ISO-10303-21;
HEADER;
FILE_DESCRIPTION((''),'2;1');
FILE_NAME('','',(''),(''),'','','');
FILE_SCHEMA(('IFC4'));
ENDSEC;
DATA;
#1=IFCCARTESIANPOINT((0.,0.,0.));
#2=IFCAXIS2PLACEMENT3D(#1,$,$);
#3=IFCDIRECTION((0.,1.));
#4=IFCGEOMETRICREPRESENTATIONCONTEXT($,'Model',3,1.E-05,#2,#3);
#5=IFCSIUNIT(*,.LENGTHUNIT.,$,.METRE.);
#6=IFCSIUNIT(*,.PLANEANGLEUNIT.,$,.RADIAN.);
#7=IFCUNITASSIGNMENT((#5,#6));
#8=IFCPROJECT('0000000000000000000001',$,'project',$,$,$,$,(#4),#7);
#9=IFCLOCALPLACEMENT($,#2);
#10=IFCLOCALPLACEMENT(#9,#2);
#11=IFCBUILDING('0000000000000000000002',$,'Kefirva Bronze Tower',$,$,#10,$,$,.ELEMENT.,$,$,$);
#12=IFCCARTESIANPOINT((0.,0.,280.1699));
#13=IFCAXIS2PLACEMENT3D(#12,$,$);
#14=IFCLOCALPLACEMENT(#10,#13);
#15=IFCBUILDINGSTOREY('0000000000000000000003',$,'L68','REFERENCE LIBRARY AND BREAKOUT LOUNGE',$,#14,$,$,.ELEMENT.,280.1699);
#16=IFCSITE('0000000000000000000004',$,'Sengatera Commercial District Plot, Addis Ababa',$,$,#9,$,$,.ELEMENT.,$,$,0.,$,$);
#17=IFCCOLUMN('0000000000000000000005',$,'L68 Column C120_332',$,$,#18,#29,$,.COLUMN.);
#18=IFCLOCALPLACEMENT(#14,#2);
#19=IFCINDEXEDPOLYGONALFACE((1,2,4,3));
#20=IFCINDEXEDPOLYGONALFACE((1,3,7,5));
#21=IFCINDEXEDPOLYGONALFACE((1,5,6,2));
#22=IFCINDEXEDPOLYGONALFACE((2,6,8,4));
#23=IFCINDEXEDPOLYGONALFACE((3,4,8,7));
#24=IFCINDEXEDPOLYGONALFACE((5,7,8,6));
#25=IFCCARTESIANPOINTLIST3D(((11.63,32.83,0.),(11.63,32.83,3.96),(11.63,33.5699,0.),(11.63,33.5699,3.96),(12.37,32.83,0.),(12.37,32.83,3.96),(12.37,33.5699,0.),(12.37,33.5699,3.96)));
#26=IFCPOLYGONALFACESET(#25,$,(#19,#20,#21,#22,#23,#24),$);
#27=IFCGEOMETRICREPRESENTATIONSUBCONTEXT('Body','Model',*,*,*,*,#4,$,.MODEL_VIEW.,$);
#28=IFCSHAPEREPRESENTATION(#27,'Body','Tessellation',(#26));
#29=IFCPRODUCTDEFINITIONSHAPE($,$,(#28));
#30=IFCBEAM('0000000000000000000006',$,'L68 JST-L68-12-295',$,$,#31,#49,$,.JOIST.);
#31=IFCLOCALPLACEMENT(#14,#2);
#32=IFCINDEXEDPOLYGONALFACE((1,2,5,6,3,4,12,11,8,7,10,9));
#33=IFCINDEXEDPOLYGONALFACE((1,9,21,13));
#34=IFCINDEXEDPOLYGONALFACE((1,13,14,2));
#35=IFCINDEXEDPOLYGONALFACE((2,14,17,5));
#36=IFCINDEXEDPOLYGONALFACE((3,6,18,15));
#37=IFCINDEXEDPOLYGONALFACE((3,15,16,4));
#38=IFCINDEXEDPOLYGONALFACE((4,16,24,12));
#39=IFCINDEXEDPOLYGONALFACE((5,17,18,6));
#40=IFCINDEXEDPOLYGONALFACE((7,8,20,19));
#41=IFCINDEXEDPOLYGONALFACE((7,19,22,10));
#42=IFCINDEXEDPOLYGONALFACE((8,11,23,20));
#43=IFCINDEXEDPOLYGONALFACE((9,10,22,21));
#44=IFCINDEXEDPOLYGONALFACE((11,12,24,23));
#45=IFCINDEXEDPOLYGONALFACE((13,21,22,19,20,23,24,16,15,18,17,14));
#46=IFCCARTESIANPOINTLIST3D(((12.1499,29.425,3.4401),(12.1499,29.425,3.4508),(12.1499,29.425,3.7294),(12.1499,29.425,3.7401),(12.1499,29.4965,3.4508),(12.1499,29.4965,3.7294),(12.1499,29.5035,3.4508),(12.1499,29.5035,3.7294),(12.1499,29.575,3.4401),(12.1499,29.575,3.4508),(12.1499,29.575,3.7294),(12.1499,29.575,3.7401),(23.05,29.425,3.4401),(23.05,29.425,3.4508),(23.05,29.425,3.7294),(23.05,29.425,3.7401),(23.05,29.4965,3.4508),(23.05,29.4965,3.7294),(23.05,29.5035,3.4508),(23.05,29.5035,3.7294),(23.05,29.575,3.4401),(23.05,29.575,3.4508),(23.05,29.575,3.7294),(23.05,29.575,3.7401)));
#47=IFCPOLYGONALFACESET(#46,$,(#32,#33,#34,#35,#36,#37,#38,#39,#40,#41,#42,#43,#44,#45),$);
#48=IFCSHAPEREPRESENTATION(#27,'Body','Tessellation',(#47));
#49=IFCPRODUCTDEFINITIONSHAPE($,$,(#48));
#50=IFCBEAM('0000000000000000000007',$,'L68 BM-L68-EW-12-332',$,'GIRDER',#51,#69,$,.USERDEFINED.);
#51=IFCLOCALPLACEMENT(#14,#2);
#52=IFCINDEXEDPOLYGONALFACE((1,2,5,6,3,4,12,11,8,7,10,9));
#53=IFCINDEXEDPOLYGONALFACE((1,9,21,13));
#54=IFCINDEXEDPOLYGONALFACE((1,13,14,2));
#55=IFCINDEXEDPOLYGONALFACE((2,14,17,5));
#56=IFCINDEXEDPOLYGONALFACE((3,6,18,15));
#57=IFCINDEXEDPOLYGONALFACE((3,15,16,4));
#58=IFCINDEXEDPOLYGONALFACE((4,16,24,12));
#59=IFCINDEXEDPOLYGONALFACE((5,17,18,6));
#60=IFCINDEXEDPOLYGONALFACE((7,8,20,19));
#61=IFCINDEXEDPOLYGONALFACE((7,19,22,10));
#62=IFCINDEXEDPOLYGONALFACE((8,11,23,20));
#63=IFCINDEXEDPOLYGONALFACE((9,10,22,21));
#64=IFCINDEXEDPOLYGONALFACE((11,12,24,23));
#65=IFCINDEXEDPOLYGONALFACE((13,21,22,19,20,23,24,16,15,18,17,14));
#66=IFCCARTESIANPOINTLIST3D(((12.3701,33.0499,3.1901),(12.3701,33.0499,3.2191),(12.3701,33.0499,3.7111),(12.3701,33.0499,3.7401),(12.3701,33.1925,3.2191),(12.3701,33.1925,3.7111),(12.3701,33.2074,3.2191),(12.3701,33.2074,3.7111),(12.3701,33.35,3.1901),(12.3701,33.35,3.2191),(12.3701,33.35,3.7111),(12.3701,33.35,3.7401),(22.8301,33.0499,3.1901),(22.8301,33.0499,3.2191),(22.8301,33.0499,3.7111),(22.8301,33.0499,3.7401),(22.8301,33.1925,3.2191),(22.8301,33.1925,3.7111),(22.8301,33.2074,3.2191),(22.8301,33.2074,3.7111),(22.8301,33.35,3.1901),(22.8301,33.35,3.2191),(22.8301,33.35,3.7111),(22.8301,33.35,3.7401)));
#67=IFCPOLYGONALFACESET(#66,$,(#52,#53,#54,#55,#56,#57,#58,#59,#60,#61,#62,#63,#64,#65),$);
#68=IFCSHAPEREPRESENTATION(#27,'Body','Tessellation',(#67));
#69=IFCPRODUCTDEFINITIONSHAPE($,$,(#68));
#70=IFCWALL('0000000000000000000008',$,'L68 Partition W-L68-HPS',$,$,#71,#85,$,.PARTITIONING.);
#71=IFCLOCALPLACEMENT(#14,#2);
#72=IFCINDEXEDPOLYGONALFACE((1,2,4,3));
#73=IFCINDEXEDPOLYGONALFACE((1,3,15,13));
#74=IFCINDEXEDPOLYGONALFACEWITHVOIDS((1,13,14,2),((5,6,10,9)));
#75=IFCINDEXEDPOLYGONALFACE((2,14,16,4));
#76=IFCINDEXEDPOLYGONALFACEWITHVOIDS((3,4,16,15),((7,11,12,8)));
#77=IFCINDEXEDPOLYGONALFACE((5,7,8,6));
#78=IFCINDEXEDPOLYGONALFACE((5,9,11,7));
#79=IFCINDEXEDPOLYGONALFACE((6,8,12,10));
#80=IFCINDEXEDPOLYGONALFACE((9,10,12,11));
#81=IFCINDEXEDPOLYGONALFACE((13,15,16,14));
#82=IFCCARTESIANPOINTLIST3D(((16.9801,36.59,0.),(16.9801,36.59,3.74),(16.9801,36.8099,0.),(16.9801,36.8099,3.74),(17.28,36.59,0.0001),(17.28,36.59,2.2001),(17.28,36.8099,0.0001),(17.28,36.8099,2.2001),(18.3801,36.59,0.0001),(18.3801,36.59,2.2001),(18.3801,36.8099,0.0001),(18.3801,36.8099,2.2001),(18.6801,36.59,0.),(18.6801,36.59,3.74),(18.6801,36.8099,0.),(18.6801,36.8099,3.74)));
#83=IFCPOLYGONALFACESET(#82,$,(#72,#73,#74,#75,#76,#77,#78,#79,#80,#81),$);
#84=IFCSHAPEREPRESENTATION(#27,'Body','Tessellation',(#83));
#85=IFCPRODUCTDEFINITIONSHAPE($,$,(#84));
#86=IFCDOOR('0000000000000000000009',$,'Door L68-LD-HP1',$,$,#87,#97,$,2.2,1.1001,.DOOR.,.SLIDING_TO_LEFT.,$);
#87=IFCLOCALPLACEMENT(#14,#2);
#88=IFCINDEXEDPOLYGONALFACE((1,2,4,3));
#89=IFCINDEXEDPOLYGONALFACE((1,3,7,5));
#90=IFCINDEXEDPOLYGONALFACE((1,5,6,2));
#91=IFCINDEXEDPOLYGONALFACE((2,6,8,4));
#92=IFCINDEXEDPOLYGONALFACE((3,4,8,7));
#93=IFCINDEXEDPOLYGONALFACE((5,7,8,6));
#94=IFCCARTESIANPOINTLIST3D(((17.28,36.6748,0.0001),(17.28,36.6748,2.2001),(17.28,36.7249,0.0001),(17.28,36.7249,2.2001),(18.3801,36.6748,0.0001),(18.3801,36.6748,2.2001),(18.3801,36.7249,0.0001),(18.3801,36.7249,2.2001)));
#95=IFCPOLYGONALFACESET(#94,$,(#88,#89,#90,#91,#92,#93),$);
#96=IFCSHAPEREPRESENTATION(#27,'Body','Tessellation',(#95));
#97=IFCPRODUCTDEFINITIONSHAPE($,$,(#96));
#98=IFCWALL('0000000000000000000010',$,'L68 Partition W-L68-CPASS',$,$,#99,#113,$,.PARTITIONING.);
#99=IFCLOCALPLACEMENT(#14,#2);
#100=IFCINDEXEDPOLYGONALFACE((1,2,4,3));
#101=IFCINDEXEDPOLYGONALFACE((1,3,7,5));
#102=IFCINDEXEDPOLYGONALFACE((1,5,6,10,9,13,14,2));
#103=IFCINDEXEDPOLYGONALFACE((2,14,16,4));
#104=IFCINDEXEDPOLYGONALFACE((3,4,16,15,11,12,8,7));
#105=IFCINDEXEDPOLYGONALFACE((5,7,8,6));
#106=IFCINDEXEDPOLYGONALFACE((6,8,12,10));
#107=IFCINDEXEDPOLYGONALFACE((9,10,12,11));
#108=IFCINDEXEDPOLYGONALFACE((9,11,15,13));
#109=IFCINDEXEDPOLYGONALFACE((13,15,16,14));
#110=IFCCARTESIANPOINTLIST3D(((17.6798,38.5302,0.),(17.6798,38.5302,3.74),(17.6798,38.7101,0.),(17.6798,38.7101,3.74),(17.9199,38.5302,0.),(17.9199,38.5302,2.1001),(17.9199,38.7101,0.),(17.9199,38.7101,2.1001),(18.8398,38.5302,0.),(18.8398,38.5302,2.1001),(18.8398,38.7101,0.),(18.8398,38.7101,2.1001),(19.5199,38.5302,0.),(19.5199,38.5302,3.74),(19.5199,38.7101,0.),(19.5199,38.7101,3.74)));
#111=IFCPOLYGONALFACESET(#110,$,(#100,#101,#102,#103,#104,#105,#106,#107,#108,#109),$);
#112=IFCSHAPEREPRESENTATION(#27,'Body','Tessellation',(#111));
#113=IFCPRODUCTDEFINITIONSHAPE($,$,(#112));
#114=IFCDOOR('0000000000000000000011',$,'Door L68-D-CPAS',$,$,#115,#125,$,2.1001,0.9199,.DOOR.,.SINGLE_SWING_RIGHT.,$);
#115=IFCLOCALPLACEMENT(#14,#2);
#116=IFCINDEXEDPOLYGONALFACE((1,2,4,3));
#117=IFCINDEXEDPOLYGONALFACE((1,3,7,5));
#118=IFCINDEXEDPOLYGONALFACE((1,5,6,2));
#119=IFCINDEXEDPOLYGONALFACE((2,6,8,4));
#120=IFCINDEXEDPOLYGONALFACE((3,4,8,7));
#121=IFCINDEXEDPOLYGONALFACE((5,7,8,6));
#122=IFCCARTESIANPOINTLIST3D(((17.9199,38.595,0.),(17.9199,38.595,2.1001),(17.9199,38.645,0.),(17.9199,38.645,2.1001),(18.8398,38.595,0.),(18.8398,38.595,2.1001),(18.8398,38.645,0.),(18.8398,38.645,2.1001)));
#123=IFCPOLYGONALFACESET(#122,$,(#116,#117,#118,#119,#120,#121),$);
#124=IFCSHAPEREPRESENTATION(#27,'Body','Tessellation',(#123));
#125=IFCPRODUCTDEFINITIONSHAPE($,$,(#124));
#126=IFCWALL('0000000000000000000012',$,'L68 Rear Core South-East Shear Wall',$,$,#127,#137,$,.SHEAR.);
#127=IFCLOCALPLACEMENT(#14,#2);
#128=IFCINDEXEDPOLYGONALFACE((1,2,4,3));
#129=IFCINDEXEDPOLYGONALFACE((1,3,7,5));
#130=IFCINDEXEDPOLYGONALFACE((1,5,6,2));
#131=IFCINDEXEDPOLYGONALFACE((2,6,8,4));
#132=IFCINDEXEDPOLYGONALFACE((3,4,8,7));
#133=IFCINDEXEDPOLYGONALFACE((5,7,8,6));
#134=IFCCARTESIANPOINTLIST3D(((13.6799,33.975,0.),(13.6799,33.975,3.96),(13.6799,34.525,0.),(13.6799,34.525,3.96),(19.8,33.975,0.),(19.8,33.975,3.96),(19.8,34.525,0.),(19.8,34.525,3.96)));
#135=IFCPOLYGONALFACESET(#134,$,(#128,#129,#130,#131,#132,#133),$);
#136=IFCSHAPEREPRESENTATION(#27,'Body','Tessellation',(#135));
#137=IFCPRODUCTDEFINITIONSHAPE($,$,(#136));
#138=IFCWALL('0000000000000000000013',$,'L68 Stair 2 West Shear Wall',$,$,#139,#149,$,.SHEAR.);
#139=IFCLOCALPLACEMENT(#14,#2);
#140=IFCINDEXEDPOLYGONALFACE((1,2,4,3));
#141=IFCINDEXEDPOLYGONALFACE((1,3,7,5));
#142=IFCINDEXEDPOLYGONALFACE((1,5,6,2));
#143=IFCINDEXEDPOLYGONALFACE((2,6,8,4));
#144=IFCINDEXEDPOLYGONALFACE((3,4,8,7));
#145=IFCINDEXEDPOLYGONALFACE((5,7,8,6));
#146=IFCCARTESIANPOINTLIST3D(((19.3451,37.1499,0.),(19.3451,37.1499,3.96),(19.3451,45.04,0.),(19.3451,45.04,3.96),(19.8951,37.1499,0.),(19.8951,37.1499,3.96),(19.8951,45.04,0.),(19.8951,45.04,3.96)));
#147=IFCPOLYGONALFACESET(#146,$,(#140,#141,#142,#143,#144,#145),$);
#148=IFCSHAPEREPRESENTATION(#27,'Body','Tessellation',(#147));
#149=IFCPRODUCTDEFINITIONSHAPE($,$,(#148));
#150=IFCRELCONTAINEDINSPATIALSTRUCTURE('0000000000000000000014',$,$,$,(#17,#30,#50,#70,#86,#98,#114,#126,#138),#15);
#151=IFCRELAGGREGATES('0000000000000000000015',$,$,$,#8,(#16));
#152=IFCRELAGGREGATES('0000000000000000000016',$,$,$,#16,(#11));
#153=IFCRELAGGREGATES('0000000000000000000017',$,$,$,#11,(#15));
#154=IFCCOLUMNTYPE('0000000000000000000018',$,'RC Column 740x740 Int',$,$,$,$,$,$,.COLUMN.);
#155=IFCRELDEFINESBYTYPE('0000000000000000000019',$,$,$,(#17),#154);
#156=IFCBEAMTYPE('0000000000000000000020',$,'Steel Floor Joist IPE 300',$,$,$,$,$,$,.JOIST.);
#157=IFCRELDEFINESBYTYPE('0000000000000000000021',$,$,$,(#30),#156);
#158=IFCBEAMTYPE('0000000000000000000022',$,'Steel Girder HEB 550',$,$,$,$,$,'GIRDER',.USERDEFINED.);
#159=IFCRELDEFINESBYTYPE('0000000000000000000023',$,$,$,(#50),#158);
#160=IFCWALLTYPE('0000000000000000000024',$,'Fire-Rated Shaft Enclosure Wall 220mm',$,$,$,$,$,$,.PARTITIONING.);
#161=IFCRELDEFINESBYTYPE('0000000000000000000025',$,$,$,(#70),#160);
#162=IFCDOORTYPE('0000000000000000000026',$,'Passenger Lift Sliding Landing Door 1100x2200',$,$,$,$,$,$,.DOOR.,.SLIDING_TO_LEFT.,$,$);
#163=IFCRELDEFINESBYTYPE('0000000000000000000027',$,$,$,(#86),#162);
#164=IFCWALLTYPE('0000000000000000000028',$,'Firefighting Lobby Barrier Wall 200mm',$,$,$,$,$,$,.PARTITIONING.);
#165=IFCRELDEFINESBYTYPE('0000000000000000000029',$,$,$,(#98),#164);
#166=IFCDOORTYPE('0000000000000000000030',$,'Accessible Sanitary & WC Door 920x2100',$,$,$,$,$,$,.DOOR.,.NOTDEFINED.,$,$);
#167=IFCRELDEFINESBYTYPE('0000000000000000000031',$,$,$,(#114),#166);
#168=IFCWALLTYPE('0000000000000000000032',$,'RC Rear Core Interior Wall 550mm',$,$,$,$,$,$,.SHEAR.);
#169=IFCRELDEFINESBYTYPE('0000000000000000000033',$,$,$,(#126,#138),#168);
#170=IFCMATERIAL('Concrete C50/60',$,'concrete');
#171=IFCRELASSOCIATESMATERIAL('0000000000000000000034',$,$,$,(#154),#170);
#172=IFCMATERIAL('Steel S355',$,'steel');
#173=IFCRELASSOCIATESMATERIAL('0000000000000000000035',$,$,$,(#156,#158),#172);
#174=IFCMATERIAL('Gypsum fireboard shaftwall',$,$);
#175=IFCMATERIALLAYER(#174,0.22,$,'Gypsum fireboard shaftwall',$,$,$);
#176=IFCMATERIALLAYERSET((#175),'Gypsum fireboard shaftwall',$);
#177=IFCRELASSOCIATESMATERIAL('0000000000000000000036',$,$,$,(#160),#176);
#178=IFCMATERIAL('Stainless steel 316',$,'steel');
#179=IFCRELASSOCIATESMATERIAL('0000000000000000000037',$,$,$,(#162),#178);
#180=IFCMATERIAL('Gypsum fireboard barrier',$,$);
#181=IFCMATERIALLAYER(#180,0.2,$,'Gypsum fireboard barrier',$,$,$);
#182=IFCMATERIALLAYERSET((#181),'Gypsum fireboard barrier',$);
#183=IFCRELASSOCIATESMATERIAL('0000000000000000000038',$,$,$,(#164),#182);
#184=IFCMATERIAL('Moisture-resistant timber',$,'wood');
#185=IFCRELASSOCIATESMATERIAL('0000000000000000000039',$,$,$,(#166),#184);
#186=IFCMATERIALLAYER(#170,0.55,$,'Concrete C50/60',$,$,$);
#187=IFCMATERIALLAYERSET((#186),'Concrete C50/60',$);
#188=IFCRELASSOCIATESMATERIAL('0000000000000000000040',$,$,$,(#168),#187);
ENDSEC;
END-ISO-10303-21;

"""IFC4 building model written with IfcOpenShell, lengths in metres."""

from ifc_helpers import new_model, si_unit, direction, frame, frame_2d, origin, origin_2d, place, context, subcontext, project, spatial, rectangle, i_section, extrude, material, layer, layer_set, material_profile, profile_set, type_object, element, fill, save


model = new_model("IFC4")

# Units and contexts
model_context = context("Model", 3, precision=1e-05, world=origin(), true_north=direction((0.0, 1.0)))
body_context = subcontext(model_context, "Body", "Model", "MODEL_VIEW")
ifc_project = project(units=[si_unit("LENGTHUNIT", "METRE"), si_unit("PLANEANGLEUNIT", "RADIAN")], contexts=[model_context])

# Site, building, storey
site_placement = place(None, origin())
site = spatial("IfcSite", under=ifc_project, at=site_placement, Name="Sengatera Commercial District Plot, Addis Ababa", CompositionType="ELEMENT", RefElevation=0.0)
building_placement = place(site_placement, origin())
building = spatial("IfcBuilding", under=site, at=building_placement, Name="Kefirva Bronze Tower", CompositionType="ELEMENT")
storey_placement = place(building_placement, frame((0.0, 0.0, 280.1699)))
storey = spatial("IfcBuildingStorey", under=building, at=storey_placement, Name="L68", Description="REFERENCE LIBRARY AND BREAKOUT LOUNGE", CompositionType="ELEMENT", Elevation=280.1699)

# Column
ifc_material_1 = material(Name="Concrete C50/60", Category="concrete")
ifc_material_profile_1 = material_profile(ifc_material_1, rectangle(XDim=0.74, YDim=0.74, at=origin_2d()), Name="RC 740x740")
ifc_profile_set_1 = profile_set([ifc_material_profile_1], Name="Concrete C50/60")
column_type = type_object("IfcColumnType", Name="RC Column 740x740 Int", PredefinedType="COLUMN", material=ifc_profile_set_1)
column_placement = place(storey_placement, frame((12.0, 33.2, 0.0), z_axis=(0.0, 0.0, 1.0), x_axis=(1.0, 0.0, 0.0)))
element("IfcColumn", 1, at=column_placement, inside=storey, type_object=column_type, Name="L68 Column C120_332", PredefinedType="COLUMN", context=body_context, shape_type="SweptSolid", body=[
    extrude(rectangle(XDim=0.74, YDim=0.74, at=origin_2d()), origin(), (0.0, 0.0, 1.0), 3.96),
])

# Beams
ifc_material_2 = material(Name="Steel S355", Category="steel")
ifc_material_profile_2 = material_profile(ifc_material_2, i_section(OverallWidth=0.1499, OverallDepth=0.3, WebThickness=0.0071, FlangeThickness=0.0107, at=origin_2d()), Name="IPE 300")
ifc_profile_set_2 = profile_set([ifc_material_profile_2], Name="Steel S355")
beam_type_1 = type_object("IfcBeamType", Name="Steel Floor Joist IPE 300", PredefinedType="JOIST", material=ifc_profile_set_2)
beam_1_placement = place(storey_placement, frame((12.1499, 29.5, 3.5901), z_axis=(1.0, 0.0, 0.0), x_axis=(0.0, 1.0, 0.0)))
element("IfcBeam", 2, at=beam_1_placement, inside=storey, type_object=beam_type_1, Name="L68 JST-L68-12-295", PredefinedType="JOIST", context=body_context, shape_type="SweptSolid", body=[
    extrude(i_section(OverallWidth=0.1499, OverallDepth=0.3, WebThickness=0.0071, FlangeThickness=0.0107, at=origin_2d()), origin(), (0.0, 0.0, 1.0), 10.9001),
])
ifc_material_profile_3 = material_profile(ifc_material_2, i_section(OverallWidth=0.3, OverallDepth=0.55, WebThickness=0.0149, FlangeThickness=0.0291, at=origin_2d()), Name="HEB 550")
ifc_profile_set_3 = profile_set([ifc_material_profile_3], Name="Steel S355")
beam_type_2 = type_object("IfcBeamType", Name="Steel Girder HEB 550", ElementType="GIRDER", PredefinedType="USERDEFINED", material=ifc_profile_set_3)
beam_2_placement = place(storey_placement, frame((12.3701, 33.2, 3.4651), z_axis=(1.0, 0.0, 0.0), x_axis=(0.0, 1.0, 0.0)))
element("IfcBeam", 3, at=beam_2_placement, inside=storey, type_object=beam_type_2, Name="L68 BM-L68-EW-12-332", ObjectType="GIRDER", PredefinedType="USERDEFINED", context=body_context, shape_type="SweptSolid", body=[
    extrude(i_section(OverallWidth=0.3, OverallDepth=0.55, WebThickness=0.0149, FlangeThickness=0.0291, at=origin_2d()), origin(), (0.0, 0.0, 1.0), 10.46),
])

# Walls, openings, doors
ifc_material_3 = material(Name="Gypsum fireboard shaftwall")
ifc_layer_1 = layer(ifc_material_3, 0.22, Name="Gypsum fireboard shaftwall")
ifc_layer_set_1 = layer_set([ifc_layer_1], Name="Gypsum fireboard shaftwall")
wall_type_1 = type_object("IfcWallType", Name="Fire-Rated Shaft Enclosure Wall 220mm", PredefinedType="PARTITIONING", material=ifc_layer_set_1)
wall_1_placement = place(storey_placement, frame((16.98, 36.7, 0.0), z_axis=(0.0, 0.0, 1.0), x_axis=(1.0, 0.0, 0.0)))
wall_1 = element("IfcWall", 4, at=wall_1_placement, inside=storey, type_object=wall_type_1, Name="L68 Partition W-L68-HPS", PredefinedType="PARTITIONING", context=body_context, shape_type="SweptSolid", body=[
    extrude(rectangle(XDim=1.7, YDim=0.22, at=frame_2d((0.8501, 0.0))), origin(), (0.0, 0.0, 1.0), 3.74),
])
opening_1_placement = place(wall_1_placement, frame((0.3, 0.0, 0.0)))
opening_1 = element("IfcOpeningElement", 5, at=opening_1_placement, cuts=wall_1, PredefinedType="OPENING", context=body_context, shape_type="SweptSolid", body=[
    extrude(rectangle(XDim=1.1001, YDim=2.2, at=frame_2d((0.55, 1.1001))), frame((0.0, 0.1201, 0.0), z_axis=(0.0, -1.0, 0.0), x_axis=(1.0, 0.0, 0.0)), (0.0, 0.0, 1.0), 0.24),
])
ifc_material_4 = material(Name="Stainless steel 316", Category="steel")
door_type_1 = type_object("IfcDoorType", Name="Passenger Lift Sliding Landing Door 1100x2200", OperationType="SLIDING_TO_LEFT", PredefinedType="DOOR", material=ifc_material_4)
door_1_placement = place(opening_1_placement, origin())
door_1 = element("IfcDoor", 6, at=door_1_placement, inside=storey, type_object=door_type_1, Name="Door L68-LD-HP1", OperationType="SLIDING_TO_LEFT", OverallHeight=2.2, OverallWidth=1.1001, PredefinedType="DOOR", context=body_context, shape_type="SweptSolid", body=[
    extrude(rectangle(XDim=1.1001, YDim=2.2, at=frame_2d((0.55, 1.1001))), frame((0.0, 0.0249, 0.0), z_axis=(0.0, -1.0, 0.0), x_axis=(1.0, 0.0, 0.0)), (0.0, 0.0, 1.0), 0.05),
])
fill(opening_1, door_1)
ifc_material_5 = material(Name="Gypsum fireboard barrier")
ifc_layer_2 = layer(ifc_material_5, 0.2, Name="Gypsum fireboard barrier")
ifc_layer_set_2 = layer_set([ifc_layer_2], Name="Gypsum fireboard barrier")
wall_type_2 = type_object("IfcWallType", Name="Firefighting Lobby Barrier Wall 200mm", PredefinedType="PARTITIONING", material=ifc_layer_set_2)
wall_2_placement = place(storey_placement, frame((17.6799, 38.6201, 0.0), z_axis=(0.0, 0.0, 1.0), x_axis=(1.0, 0.0, 0.0)))
wall_2 = element("IfcWall", 7, at=wall_2_placement, inside=storey, type_object=wall_type_2, Name="L68 Partition W-L68-CPASS", PredefinedType="PARTITIONING", context=body_context, shape_type="SweptSolid", body=[
    extrude(rectangle(XDim=1.8401, YDim=0.1799, at=frame_2d((0.9199, 0.0))), origin(), (0.0, 0.0, 1.0), 3.74),
])
opening_2_placement = place(wall_2_placement, frame((0.24, 0.0, 0.0)))
opening_2 = element("IfcOpeningElement", 8, at=opening_2_placement, cuts=wall_2, PredefinedType="OPENING", context=body_context, shape_type="SweptSolid", body=[
    extrude(rectangle(XDim=0.9199, YDim=2.1001, at=frame_2d((0.46, 1.05))), frame((0.0, 0.1001, 0.0), z_axis=(0.0, -1.0, 0.0), x_axis=(1.0, 0.0, 0.0)), (0.0, 0.0, 1.0), 0.2),
])
ifc_material_6 = material(Name="Moisture-resistant timber", Category="wood")
door_type_2 = type_object("IfcDoorType", Name="Accessible Sanitary & WC Door 920x2100", OperationType="NOTDEFINED", PredefinedType="DOOR", material=ifc_material_6)
door_2_placement = place(opening_2_placement, origin())
door_2 = element("IfcDoor", 9, at=door_2_placement, inside=storey, type_object=door_type_2, Name="Door L68-D-CPAS", OperationType="SINGLE_SWING_RIGHT", OverallHeight=2.1001, OverallWidth=0.9199, PredefinedType="DOOR", context=body_context, shape_type="SweptSolid", body=[
    extrude(rectangle(XDim=0.9199, YDim=2.1001, at=frame_2d((0.46, 1.05))), frame((0.0, 0.0249, 0.0), z_axis=(0.0, -1.0, 0.0), x_axis=(1.0, 0.0, 0.0)), (0.0, 0.0, 1.0), 0.05),
])
fill(opening_2, door_2)

# Walls
ifc_layer_3 = layer(ifc_material_1, 0.55, Name="Concrete C50/60")
ifc_layer_set_3 = layer_set([ifc_layer_3], Name="Concrete C50/60")
wall_type_3 = type_object("IfcWallType", Name="RC Rear Core Interior Wall 550mm", PredefinedType="SHEAR", material=ifc_layer_set_3)
wall_3_placement = place(storey_placement, frame((13.6799, 34.25, 0.0), z_axis=(0.0, 0.0, 1.0), x_axis=(1.0, 0.0, 0.0)))
element("IfcWall", 10, at=wall_3_placement, inside=storey, type_object=wall_type_3, Name="L68 Rear Core South-East Shear Wall", PredefinedType="SHEAR", context=body_context, shape_type="SweptSolid", body=[
    extrude(rectangle(XDim=6.1201, YDim=0.55, at=frame_2d((3.0601, 0.0))), origin(), (0.0, 0.0, 1.0), 3.96),
])
wall_4_placement = place(storey_placement, frame((19.6201, 37.1499, 0.0), z_axis=(0.0, 0.0, 1.0), x_axis=(0.0, 1.0, 0.0)))
element("IfcWall", 11, at=wall_4_placement, inside=storey, type_object=wall_type_3, Name="L68 Stair 2 West Shear Wall", PredefinedType="SHEAR", context=body_context, shape_type="SweptSolid", body=[
    extrude(rectangle(XDim=7.8901, YDim=0.55, at=frame_2d((3.9451, 0.0))), origin(), (0.0, 0.0, 1.0), 3.96),
])

save(model, "model.ifc")
